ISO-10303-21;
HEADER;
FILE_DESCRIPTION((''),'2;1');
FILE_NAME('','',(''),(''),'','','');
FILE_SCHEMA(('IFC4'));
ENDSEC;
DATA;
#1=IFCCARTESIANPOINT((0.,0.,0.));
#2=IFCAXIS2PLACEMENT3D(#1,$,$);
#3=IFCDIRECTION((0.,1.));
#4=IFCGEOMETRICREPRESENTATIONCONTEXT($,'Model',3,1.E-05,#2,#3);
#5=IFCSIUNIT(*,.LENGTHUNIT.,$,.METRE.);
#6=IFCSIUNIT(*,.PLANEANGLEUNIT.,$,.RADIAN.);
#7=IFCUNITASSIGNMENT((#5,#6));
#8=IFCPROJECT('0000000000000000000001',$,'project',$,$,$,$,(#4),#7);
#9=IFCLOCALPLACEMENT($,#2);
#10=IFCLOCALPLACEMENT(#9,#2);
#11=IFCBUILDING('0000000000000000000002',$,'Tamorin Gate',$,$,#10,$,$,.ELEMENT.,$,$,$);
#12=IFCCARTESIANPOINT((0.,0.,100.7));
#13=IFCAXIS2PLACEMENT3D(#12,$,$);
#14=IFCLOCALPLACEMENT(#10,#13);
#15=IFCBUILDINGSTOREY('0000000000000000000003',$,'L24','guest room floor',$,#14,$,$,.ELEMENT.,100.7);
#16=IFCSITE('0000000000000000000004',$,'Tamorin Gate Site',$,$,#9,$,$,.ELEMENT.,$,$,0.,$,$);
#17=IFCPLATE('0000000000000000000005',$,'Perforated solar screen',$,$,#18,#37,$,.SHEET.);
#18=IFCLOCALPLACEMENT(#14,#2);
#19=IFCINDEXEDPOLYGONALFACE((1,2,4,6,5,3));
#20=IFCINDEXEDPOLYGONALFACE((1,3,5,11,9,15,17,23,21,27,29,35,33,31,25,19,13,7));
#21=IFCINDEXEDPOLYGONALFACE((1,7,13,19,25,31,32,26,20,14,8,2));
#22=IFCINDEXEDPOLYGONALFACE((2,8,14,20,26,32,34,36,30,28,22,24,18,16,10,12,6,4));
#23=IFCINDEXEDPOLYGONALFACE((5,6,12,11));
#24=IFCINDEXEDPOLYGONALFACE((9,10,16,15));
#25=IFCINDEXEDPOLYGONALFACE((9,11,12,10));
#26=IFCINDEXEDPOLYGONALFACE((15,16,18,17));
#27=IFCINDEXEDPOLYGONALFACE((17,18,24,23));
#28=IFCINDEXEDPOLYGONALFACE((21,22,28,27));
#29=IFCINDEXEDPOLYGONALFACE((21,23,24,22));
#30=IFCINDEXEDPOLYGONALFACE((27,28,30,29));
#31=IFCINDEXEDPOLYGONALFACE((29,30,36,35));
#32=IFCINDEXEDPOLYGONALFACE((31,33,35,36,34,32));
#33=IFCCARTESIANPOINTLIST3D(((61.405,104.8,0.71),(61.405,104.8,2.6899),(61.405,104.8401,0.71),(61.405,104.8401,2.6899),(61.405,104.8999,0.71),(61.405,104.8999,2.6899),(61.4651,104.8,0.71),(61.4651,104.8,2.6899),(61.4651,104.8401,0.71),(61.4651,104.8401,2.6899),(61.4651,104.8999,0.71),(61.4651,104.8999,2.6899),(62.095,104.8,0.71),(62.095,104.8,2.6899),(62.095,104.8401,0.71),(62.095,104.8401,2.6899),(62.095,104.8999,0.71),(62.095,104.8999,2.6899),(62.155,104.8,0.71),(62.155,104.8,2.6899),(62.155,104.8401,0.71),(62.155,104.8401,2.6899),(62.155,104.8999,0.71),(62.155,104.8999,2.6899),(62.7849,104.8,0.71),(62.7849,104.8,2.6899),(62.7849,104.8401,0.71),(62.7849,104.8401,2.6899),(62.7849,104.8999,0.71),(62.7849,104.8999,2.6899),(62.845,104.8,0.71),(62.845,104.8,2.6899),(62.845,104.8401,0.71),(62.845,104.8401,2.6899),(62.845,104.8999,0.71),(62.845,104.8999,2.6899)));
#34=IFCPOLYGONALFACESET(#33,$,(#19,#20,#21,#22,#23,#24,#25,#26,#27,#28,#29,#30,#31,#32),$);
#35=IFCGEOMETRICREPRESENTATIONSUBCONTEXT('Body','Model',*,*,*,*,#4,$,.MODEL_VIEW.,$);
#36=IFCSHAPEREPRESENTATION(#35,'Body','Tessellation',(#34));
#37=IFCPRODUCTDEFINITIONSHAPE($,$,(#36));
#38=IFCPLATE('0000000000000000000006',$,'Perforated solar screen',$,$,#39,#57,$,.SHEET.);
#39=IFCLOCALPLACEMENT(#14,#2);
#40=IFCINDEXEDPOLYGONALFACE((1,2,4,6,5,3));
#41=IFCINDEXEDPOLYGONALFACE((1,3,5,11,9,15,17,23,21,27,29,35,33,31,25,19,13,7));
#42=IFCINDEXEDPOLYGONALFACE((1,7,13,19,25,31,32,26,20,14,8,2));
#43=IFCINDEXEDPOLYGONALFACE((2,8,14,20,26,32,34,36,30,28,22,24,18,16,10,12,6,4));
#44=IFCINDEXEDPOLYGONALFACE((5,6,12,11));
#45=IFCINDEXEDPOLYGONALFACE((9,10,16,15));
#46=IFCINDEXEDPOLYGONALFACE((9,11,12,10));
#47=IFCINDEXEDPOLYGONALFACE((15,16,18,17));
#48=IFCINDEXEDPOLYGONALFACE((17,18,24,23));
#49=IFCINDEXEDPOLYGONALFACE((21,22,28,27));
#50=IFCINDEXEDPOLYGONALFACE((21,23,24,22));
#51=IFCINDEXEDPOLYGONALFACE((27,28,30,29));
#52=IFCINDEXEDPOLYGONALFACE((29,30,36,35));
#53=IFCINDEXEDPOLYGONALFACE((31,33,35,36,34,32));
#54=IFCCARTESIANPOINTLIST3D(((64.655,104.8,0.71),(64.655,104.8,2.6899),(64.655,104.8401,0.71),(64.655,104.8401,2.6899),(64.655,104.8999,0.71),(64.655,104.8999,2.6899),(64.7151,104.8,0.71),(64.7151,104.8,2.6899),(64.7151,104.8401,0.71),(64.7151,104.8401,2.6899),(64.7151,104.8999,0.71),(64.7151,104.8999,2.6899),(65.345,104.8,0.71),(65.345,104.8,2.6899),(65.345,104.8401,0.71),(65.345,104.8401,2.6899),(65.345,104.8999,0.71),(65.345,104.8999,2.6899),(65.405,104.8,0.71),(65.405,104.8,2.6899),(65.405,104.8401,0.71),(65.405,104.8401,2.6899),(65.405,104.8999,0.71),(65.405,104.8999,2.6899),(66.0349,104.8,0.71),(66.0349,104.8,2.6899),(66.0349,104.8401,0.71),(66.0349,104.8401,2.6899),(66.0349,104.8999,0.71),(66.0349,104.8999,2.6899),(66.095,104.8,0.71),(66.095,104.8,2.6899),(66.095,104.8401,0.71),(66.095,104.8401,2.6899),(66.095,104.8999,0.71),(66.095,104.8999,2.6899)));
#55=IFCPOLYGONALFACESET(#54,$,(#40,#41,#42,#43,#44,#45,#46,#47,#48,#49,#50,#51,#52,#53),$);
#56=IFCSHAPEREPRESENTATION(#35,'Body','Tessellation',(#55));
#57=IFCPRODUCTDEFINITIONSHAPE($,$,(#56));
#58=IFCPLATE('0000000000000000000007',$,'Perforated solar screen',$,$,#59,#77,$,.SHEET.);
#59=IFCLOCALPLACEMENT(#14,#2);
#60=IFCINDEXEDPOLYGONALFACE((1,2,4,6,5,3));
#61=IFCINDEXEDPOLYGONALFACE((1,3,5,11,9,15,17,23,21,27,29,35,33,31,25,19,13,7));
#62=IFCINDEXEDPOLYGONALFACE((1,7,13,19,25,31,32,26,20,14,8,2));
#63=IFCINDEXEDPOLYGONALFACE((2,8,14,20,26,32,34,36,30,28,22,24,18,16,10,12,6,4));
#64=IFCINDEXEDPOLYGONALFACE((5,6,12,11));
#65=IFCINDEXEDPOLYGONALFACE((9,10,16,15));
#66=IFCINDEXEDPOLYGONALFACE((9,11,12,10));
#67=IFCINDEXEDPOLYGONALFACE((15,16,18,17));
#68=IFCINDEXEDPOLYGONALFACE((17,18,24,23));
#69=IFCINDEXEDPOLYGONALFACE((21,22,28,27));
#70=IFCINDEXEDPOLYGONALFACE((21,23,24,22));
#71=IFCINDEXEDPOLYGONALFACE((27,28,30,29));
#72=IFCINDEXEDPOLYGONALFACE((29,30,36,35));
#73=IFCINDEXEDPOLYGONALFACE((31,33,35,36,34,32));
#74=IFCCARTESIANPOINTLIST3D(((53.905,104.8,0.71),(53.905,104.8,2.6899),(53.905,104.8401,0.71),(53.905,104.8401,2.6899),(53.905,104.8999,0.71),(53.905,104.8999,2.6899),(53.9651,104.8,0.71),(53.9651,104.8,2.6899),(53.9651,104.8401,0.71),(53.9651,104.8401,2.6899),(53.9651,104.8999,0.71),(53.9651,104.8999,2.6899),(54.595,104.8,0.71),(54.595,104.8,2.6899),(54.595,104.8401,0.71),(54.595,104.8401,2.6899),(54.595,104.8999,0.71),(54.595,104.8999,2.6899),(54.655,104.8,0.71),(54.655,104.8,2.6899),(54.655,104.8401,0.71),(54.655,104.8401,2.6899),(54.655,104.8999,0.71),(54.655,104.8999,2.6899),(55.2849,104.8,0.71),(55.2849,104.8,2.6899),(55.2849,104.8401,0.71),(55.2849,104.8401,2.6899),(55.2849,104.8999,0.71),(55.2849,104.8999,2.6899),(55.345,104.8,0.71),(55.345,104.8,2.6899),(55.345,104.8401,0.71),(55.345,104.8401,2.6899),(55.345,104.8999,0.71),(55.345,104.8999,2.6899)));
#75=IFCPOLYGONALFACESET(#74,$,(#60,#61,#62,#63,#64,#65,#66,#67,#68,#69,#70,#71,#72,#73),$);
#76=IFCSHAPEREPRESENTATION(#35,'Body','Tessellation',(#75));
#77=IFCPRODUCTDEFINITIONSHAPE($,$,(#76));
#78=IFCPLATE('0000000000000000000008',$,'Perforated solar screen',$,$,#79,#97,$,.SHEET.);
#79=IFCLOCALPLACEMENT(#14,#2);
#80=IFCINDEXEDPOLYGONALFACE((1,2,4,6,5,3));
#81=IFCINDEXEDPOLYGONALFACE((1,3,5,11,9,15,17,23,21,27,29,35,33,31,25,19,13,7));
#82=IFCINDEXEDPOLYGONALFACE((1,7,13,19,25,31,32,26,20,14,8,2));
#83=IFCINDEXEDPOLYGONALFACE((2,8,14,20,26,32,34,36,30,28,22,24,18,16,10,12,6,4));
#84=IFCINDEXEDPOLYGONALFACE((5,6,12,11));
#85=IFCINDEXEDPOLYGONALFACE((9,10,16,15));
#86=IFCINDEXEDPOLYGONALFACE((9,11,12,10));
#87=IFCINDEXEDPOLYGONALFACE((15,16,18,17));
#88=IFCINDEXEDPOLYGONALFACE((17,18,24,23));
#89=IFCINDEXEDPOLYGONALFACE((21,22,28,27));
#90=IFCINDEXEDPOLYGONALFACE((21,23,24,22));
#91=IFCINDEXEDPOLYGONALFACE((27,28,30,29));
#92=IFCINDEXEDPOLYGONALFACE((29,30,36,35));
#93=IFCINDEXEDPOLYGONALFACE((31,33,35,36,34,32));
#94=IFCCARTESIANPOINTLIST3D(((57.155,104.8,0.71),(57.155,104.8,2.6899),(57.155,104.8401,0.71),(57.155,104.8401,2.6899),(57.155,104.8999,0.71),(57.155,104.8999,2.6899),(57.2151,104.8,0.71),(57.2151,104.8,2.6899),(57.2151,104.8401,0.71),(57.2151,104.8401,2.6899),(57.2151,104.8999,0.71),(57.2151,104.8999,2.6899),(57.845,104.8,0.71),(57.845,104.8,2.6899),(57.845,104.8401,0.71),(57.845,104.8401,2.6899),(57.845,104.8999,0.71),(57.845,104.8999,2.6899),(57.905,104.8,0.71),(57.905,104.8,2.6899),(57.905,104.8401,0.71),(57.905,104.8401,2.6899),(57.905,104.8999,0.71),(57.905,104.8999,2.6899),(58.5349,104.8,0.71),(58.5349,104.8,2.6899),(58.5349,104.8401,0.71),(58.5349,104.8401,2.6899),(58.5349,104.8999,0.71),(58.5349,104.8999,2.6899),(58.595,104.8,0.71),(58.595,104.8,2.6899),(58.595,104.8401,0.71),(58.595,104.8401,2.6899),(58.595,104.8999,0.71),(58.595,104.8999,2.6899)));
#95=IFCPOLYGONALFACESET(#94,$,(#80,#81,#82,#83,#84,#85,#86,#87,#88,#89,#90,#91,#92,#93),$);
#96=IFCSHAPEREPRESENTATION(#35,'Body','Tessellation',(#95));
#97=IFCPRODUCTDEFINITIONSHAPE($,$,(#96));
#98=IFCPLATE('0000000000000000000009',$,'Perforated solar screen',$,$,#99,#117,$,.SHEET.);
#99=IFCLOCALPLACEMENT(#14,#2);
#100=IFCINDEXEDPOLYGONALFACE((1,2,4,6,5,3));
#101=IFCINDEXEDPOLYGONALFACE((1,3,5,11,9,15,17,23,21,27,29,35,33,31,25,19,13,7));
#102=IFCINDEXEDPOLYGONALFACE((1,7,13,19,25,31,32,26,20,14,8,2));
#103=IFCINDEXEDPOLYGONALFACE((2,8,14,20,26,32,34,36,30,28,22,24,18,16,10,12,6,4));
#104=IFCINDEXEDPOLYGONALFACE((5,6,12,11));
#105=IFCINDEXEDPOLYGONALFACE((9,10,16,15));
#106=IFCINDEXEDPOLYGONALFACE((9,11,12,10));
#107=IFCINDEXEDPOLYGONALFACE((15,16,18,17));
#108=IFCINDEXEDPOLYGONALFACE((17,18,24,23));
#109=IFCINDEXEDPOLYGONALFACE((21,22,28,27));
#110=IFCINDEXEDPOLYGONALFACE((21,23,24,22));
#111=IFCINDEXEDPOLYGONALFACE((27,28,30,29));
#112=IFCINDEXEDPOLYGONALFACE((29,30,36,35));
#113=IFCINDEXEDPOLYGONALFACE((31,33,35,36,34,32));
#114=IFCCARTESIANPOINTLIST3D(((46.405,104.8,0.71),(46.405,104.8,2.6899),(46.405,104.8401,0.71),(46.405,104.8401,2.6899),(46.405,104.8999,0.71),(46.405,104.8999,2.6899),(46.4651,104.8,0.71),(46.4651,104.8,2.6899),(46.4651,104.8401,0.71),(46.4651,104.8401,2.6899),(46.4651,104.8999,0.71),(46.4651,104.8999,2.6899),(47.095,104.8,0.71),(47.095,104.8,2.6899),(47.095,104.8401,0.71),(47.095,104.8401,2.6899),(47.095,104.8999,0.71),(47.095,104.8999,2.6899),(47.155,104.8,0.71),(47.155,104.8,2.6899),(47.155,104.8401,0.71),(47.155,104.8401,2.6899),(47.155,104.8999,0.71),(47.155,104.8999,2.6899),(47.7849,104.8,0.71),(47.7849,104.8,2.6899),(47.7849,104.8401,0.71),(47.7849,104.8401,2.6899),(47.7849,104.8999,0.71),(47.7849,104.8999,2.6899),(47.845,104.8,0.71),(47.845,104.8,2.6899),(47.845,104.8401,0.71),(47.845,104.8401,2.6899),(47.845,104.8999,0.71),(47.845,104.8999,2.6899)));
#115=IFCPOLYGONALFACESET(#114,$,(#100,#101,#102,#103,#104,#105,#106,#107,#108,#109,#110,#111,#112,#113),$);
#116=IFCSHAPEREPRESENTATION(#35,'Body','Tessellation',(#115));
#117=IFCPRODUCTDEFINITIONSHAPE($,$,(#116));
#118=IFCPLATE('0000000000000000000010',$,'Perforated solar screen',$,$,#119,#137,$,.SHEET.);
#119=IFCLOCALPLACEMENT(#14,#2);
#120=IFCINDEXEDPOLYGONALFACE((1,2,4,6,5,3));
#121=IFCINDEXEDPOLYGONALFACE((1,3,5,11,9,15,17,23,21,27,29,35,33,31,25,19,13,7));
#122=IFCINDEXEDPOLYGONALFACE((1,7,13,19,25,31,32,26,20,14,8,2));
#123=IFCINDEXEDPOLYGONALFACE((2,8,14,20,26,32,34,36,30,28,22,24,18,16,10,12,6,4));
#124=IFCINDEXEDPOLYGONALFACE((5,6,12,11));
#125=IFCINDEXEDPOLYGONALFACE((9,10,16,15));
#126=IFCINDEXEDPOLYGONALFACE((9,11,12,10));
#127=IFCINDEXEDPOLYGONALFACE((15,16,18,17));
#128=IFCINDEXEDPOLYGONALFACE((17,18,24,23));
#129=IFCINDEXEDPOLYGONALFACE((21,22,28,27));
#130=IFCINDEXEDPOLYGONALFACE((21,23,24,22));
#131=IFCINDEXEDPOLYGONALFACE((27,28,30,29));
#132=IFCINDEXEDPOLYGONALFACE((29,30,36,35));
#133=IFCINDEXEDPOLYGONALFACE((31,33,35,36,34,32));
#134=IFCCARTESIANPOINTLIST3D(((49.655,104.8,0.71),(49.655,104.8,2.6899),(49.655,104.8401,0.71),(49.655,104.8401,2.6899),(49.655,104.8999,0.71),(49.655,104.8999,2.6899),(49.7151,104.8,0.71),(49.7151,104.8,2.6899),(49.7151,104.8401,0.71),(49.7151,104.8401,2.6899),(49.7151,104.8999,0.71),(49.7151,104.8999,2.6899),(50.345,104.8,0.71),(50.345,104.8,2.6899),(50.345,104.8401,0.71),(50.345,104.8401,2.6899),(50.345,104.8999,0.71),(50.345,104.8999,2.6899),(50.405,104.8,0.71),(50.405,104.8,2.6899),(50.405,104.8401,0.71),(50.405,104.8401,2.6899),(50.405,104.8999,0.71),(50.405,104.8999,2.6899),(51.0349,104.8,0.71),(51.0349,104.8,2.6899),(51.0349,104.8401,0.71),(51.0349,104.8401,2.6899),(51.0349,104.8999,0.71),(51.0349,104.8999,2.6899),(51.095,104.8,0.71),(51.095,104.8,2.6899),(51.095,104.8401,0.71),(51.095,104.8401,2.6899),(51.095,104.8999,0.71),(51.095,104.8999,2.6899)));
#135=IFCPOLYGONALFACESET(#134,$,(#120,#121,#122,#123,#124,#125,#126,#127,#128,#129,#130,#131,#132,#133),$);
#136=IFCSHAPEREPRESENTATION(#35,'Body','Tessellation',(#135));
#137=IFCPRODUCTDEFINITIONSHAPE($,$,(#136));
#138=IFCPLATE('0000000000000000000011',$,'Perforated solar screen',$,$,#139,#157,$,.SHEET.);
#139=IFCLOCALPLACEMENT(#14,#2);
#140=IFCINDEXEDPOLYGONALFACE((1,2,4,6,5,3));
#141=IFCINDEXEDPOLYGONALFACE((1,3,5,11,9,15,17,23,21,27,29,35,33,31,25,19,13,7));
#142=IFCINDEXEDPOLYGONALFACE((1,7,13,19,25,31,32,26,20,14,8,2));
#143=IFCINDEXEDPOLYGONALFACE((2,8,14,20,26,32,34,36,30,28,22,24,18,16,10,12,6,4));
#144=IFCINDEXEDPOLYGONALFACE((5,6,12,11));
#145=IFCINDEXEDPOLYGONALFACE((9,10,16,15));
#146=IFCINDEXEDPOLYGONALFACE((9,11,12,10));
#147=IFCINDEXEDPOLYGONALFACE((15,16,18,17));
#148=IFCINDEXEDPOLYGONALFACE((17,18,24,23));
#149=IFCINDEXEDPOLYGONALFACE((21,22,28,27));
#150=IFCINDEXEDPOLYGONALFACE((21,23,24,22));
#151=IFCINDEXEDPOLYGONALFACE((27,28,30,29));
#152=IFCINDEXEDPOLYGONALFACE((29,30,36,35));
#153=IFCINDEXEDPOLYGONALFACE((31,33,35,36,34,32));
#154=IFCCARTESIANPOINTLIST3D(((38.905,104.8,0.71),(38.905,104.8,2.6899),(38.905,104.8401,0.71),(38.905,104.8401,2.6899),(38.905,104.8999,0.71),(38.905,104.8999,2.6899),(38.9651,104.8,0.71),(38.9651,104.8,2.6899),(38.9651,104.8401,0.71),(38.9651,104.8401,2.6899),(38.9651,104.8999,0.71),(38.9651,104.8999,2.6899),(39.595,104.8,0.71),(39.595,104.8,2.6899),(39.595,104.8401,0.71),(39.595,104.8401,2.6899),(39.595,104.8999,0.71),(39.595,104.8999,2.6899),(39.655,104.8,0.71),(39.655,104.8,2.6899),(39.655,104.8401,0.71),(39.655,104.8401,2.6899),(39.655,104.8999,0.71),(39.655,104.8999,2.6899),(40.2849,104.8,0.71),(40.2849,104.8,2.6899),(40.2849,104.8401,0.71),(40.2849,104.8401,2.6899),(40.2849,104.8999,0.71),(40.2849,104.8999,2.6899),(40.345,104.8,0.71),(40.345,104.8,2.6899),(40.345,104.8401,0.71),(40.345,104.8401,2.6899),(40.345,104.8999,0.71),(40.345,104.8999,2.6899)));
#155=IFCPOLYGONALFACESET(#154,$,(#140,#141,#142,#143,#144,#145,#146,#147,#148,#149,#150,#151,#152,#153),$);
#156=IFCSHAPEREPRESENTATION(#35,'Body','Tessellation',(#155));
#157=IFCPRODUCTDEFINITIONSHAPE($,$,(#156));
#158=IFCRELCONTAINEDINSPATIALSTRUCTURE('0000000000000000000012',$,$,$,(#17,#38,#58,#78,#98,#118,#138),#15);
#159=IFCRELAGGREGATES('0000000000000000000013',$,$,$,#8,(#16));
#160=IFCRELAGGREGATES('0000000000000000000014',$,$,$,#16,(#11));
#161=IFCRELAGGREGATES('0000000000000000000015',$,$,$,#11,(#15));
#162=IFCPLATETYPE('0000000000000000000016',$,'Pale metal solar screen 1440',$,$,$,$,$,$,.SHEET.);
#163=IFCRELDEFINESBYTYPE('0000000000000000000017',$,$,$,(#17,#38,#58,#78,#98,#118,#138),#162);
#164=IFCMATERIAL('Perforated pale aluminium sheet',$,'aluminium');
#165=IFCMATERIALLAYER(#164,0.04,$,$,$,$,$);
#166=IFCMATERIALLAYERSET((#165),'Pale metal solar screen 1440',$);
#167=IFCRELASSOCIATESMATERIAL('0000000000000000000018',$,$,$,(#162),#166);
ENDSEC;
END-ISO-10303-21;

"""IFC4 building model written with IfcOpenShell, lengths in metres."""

from ifc_helpers import new_model, si_unit, direction, frame, origin, place, context, subcontext, project, spatial, polyline, outline, extrude, material, layer, layer_set, type_object, element, save


model = new_model("IFC4")

# Units and contexts
model_context = context("Model", 3, precision=1e-05, world=origin(), true_north=direction((0.0, 1.0)))
body_context = subcontext(model_context, "Body", "Model", "MODEL_VIEW")
ifc_project = project(units=[si_unit("LENGTHUNIT", "METRE"), si_unit("PLANEANGLEUNIT", "RADIAN")], contexts=[model_context])

# Site, building, storey
site_placement = place(None, origin())
site = spatial("IfcSite", under=ifc_project, at=site_placement, Name="Tamorin Gate Site", CompositionType="ELEMENT", RefElevation=0.0)
building_placement = place(site_placement, origin())
building = spatial("IfcBuilding", under=site, at=building_placement, Name="Tamorin Gate", CompositionType="ELEMENT")
storey_placement = place(building_placement, frame((0.0, 0.0, 100.7)))
storey = spatial("IfcBuildingStorey", under=building, at=storey_placement, Name="L24", Description="guest room floor", CompositionType="ELEMENT", Elevation=100.7)

# Plates
ifc_material = material(Name="Perforated pale aluminium sheet", Category="aluminium")
ifc_layer = layer(ifc_material, 0.04)
ifc_layer_set = layer_set([ifc_layer], Name="Pale metal solar screen 1440")
plate_type = type_object("IfcPlateType", Name="Pale metal solar screen 1440", PredefinedType="SHEET", material=ifc_layer_set)
plate_1_placement = place(storey_placement, frame((0.0, 0.0, 0.71)))
element("IfcPlate", 1, at=plate_1_placement, inside=storey, type_object=plate_type, Name="Perforated solar screen", PredefinedType="SHEET", context=body_context, shape_type="SweptSolid", body=[
    extrude(outline(polyline([(62.845, 104.8401), (62.845, 104.8), (62.7849, 104.8), (62.155, 104.8), (62.095, 104.8), (61.4651, 104.8), (61.405, 104.8), (61.405, 104.8401), (61.405, 104.8999), (61.4651, 104.8999), (61.4651, 104.8401), (62.095, 104.8401), (62.095, 104.8999), (62.155, 104.8999), (62.155, 104.8401), (62.7849, 104.8401), (62.7849, 104.8999), (62.845, 104.8999), (62.845, 104.8401)])), origin(), (0.0, 0.0, 1.0), 1.98),
])
plate_2_placement = place(storey_placement, frame((0.0, 0.0, 0.71)))
element("IfcPlate", 2, at=plate_2_placement, inside=storey, type_object=plate_type, Name="Perforated solar screen", PredefinedType="SHEET", context=body_context, shape_type="SweptSolid", body=[
    extrude(outline(polyline([(66.095, 104.8401), (66.095, 104.8), (66.0349, 104.8), (65.405, 104.8), (65.345, 104.8), (64.7151, 104.8), (64.655, 104.8), (64.655, 104.8401), (64.655, 104.8999), (64.7151, 104.8999), (64.7151, 104.8401), (65.345, 104.8401), (65.345, 104.8999), (65.405, 104.8999), (65.405, 104.8401), (66.0349, 104.8401), (66.0349, 104.8999), (66.095, 104.8999), (66.095, 104.8401)])), origin(), (0.0, 0.0, 1.0), 1.98),
])
plate_3_placement = place(storey_placement, frame((0.0, 0.0, 0.71)))
element("IfcPlate", 3, at=plate_3_placement, inside=storey, type_object=plate_type, Name="Perforated solar screen", PredefinedType="SHEET", context=body_context, shape_type="SweptSolid", body=[
    extrude(outline(polyline([(55.345, 104.8401), (55.345, 104.8), (55.2849, 104.8), (54.655, 104.8), (54.595, 104.8), (53.9651, 104.8), (53.905, 104.8), (53.905, 104.8401), (53.905, 104.8999), (53.9651, 104.8999), (53.9651, 104.8401), (54.595, 104.8401), (54.595, 104.8999), (54.655, 104.8999), (54.655, 104.8401), (55.2849, 104.8401), (55.2849, 104.8999), (55.345, 104.8999), (55.345, 104.8401)])), origin(), (0.0, 0.0, 1.0), 1.98),
])
plate_4_placement = place(storey_placement, frame((0.0, 0.0, 0.71)))
element("IfcPlate", 4, at=plate_4_placement, inside=storey, type_object=plate_type, Name="Perforated solar screen", PredefinedType="SHEET", context=body_context, shape_type="SweptSolid", body=[
    extrude(outline(polyline([(58.595, 104.8401), (58.595, 104.8), (58.5349, 104.8), (57.905, 104.8), (57.845, 104.8), (57.2151, 104.8), (57.155, 104.8), (57.155, 104.8401), (57.155, 104.8999), (57.2151, 104.8999), (57.2151, 104.8401), (57.845, 104.8401), (57.845, 104.8999), (57.905, 104.8999), (57.905, 104.8401), (58.5349, 104.8401), (58.5349, 104.8999), (58.595, 104.8999), (58.595, 104.8401)])), origin(), (0.0, 0.0, 1.0), 1.98),
])
plate_5_placement = place(storey_placement, frame((0.0, 0.0, 0.71)))
element("IfcPlate", 5, at=plate_5_placement, inside=storey, type_object=plate_type, Name="Perforated solar screen", PredefinedType="SHEET", context=body_context, shape_type="SweptSolid", body=[
    extrude(outline(polyline([(47.845, 104.8401), (47.845, 104.8), (47.7849, 104.8), (47.155, 104.8), (47.095, 104.8), (46.4651, 104.8), (46.405, 104.8), (46.405, 104.8401), (46.405, 104.8999), (46.4651, 104.8999), (46.4651, 104.8401), (47.095, 104.8401), (47.095, 104.8999), (47.155, 104.8999), (47.155, 104.8401), (47.7849, 104.8401), (47.7849, 104.8999), (47.845, 104.8999), (47.845, 104.8401)])), origin(), (0.0, 0.0, 1.0), 1.98),
])
plate_6_placement = place(storey_placement, frame((0.0, 0.0, 0.71)))
element("IfcPlate", 6, at=plate_6_placement, inside=storey, type_object=plate_type, Name="Perforated solar screen", PredefinedType="SHEET", context=body_context, shape_type="SweptSolid", body=[
    extrude(outline(polyline([(51.095, 104.8401), (51.095, 104.8), (51.0349, 104.8), (50.405, 104.8), (50.345, 104.8), (49.7151, 104.8), (49.655, 104.8), (49.655, 104.8401), (49.655, 104.8999), (49.7151, 104.8999), (49.7151, 104.8401), (50.345, 104.8401), (50.345, 104.8999), (50.405, 104.8999), (50.405, 104.8401), (51.0349, 104.8401), (51.0349, 104.8999), (51.095, 104.8999), (51.095, 104.8401)])), origin(), (0.0, 0.0, 1.0), 1.98),
])
plate_7_placement = place(storey_placement, frame((0.0, 0.0, 0.71)))
element("IfcPlate", 7, at=plate_7_placement, inside=storey, type_object=plate_type, Name="Perforated solar screen", PredefinedType="SHEET", context=body_context, shape_type="SweptSolid", body=[
    extrude(outline(polyline([(40.345, 104.8401), (40.345, 104.8), (40.2849, 104.8), (39.655, 104.8), (39.595, 104.8), (38.9651, 104.8), (38.905, 104.8), (38.905, 104.8401), (38.905, 104.8999), (38.9651, 104.8999), (38.9651, 104.8401), (39.595, 104.8401), (39.595, 104.8999), (39.655, 104.8999), (39.655, 104.8401), (40.2849, 104.8401), (40.2849, 104.8999), (40.345, 104.8999), (40.345, 104.8401)])), origin(), (0.0, 0.0, 1.0), 1.98),
])

save(model, "model.ifc")
